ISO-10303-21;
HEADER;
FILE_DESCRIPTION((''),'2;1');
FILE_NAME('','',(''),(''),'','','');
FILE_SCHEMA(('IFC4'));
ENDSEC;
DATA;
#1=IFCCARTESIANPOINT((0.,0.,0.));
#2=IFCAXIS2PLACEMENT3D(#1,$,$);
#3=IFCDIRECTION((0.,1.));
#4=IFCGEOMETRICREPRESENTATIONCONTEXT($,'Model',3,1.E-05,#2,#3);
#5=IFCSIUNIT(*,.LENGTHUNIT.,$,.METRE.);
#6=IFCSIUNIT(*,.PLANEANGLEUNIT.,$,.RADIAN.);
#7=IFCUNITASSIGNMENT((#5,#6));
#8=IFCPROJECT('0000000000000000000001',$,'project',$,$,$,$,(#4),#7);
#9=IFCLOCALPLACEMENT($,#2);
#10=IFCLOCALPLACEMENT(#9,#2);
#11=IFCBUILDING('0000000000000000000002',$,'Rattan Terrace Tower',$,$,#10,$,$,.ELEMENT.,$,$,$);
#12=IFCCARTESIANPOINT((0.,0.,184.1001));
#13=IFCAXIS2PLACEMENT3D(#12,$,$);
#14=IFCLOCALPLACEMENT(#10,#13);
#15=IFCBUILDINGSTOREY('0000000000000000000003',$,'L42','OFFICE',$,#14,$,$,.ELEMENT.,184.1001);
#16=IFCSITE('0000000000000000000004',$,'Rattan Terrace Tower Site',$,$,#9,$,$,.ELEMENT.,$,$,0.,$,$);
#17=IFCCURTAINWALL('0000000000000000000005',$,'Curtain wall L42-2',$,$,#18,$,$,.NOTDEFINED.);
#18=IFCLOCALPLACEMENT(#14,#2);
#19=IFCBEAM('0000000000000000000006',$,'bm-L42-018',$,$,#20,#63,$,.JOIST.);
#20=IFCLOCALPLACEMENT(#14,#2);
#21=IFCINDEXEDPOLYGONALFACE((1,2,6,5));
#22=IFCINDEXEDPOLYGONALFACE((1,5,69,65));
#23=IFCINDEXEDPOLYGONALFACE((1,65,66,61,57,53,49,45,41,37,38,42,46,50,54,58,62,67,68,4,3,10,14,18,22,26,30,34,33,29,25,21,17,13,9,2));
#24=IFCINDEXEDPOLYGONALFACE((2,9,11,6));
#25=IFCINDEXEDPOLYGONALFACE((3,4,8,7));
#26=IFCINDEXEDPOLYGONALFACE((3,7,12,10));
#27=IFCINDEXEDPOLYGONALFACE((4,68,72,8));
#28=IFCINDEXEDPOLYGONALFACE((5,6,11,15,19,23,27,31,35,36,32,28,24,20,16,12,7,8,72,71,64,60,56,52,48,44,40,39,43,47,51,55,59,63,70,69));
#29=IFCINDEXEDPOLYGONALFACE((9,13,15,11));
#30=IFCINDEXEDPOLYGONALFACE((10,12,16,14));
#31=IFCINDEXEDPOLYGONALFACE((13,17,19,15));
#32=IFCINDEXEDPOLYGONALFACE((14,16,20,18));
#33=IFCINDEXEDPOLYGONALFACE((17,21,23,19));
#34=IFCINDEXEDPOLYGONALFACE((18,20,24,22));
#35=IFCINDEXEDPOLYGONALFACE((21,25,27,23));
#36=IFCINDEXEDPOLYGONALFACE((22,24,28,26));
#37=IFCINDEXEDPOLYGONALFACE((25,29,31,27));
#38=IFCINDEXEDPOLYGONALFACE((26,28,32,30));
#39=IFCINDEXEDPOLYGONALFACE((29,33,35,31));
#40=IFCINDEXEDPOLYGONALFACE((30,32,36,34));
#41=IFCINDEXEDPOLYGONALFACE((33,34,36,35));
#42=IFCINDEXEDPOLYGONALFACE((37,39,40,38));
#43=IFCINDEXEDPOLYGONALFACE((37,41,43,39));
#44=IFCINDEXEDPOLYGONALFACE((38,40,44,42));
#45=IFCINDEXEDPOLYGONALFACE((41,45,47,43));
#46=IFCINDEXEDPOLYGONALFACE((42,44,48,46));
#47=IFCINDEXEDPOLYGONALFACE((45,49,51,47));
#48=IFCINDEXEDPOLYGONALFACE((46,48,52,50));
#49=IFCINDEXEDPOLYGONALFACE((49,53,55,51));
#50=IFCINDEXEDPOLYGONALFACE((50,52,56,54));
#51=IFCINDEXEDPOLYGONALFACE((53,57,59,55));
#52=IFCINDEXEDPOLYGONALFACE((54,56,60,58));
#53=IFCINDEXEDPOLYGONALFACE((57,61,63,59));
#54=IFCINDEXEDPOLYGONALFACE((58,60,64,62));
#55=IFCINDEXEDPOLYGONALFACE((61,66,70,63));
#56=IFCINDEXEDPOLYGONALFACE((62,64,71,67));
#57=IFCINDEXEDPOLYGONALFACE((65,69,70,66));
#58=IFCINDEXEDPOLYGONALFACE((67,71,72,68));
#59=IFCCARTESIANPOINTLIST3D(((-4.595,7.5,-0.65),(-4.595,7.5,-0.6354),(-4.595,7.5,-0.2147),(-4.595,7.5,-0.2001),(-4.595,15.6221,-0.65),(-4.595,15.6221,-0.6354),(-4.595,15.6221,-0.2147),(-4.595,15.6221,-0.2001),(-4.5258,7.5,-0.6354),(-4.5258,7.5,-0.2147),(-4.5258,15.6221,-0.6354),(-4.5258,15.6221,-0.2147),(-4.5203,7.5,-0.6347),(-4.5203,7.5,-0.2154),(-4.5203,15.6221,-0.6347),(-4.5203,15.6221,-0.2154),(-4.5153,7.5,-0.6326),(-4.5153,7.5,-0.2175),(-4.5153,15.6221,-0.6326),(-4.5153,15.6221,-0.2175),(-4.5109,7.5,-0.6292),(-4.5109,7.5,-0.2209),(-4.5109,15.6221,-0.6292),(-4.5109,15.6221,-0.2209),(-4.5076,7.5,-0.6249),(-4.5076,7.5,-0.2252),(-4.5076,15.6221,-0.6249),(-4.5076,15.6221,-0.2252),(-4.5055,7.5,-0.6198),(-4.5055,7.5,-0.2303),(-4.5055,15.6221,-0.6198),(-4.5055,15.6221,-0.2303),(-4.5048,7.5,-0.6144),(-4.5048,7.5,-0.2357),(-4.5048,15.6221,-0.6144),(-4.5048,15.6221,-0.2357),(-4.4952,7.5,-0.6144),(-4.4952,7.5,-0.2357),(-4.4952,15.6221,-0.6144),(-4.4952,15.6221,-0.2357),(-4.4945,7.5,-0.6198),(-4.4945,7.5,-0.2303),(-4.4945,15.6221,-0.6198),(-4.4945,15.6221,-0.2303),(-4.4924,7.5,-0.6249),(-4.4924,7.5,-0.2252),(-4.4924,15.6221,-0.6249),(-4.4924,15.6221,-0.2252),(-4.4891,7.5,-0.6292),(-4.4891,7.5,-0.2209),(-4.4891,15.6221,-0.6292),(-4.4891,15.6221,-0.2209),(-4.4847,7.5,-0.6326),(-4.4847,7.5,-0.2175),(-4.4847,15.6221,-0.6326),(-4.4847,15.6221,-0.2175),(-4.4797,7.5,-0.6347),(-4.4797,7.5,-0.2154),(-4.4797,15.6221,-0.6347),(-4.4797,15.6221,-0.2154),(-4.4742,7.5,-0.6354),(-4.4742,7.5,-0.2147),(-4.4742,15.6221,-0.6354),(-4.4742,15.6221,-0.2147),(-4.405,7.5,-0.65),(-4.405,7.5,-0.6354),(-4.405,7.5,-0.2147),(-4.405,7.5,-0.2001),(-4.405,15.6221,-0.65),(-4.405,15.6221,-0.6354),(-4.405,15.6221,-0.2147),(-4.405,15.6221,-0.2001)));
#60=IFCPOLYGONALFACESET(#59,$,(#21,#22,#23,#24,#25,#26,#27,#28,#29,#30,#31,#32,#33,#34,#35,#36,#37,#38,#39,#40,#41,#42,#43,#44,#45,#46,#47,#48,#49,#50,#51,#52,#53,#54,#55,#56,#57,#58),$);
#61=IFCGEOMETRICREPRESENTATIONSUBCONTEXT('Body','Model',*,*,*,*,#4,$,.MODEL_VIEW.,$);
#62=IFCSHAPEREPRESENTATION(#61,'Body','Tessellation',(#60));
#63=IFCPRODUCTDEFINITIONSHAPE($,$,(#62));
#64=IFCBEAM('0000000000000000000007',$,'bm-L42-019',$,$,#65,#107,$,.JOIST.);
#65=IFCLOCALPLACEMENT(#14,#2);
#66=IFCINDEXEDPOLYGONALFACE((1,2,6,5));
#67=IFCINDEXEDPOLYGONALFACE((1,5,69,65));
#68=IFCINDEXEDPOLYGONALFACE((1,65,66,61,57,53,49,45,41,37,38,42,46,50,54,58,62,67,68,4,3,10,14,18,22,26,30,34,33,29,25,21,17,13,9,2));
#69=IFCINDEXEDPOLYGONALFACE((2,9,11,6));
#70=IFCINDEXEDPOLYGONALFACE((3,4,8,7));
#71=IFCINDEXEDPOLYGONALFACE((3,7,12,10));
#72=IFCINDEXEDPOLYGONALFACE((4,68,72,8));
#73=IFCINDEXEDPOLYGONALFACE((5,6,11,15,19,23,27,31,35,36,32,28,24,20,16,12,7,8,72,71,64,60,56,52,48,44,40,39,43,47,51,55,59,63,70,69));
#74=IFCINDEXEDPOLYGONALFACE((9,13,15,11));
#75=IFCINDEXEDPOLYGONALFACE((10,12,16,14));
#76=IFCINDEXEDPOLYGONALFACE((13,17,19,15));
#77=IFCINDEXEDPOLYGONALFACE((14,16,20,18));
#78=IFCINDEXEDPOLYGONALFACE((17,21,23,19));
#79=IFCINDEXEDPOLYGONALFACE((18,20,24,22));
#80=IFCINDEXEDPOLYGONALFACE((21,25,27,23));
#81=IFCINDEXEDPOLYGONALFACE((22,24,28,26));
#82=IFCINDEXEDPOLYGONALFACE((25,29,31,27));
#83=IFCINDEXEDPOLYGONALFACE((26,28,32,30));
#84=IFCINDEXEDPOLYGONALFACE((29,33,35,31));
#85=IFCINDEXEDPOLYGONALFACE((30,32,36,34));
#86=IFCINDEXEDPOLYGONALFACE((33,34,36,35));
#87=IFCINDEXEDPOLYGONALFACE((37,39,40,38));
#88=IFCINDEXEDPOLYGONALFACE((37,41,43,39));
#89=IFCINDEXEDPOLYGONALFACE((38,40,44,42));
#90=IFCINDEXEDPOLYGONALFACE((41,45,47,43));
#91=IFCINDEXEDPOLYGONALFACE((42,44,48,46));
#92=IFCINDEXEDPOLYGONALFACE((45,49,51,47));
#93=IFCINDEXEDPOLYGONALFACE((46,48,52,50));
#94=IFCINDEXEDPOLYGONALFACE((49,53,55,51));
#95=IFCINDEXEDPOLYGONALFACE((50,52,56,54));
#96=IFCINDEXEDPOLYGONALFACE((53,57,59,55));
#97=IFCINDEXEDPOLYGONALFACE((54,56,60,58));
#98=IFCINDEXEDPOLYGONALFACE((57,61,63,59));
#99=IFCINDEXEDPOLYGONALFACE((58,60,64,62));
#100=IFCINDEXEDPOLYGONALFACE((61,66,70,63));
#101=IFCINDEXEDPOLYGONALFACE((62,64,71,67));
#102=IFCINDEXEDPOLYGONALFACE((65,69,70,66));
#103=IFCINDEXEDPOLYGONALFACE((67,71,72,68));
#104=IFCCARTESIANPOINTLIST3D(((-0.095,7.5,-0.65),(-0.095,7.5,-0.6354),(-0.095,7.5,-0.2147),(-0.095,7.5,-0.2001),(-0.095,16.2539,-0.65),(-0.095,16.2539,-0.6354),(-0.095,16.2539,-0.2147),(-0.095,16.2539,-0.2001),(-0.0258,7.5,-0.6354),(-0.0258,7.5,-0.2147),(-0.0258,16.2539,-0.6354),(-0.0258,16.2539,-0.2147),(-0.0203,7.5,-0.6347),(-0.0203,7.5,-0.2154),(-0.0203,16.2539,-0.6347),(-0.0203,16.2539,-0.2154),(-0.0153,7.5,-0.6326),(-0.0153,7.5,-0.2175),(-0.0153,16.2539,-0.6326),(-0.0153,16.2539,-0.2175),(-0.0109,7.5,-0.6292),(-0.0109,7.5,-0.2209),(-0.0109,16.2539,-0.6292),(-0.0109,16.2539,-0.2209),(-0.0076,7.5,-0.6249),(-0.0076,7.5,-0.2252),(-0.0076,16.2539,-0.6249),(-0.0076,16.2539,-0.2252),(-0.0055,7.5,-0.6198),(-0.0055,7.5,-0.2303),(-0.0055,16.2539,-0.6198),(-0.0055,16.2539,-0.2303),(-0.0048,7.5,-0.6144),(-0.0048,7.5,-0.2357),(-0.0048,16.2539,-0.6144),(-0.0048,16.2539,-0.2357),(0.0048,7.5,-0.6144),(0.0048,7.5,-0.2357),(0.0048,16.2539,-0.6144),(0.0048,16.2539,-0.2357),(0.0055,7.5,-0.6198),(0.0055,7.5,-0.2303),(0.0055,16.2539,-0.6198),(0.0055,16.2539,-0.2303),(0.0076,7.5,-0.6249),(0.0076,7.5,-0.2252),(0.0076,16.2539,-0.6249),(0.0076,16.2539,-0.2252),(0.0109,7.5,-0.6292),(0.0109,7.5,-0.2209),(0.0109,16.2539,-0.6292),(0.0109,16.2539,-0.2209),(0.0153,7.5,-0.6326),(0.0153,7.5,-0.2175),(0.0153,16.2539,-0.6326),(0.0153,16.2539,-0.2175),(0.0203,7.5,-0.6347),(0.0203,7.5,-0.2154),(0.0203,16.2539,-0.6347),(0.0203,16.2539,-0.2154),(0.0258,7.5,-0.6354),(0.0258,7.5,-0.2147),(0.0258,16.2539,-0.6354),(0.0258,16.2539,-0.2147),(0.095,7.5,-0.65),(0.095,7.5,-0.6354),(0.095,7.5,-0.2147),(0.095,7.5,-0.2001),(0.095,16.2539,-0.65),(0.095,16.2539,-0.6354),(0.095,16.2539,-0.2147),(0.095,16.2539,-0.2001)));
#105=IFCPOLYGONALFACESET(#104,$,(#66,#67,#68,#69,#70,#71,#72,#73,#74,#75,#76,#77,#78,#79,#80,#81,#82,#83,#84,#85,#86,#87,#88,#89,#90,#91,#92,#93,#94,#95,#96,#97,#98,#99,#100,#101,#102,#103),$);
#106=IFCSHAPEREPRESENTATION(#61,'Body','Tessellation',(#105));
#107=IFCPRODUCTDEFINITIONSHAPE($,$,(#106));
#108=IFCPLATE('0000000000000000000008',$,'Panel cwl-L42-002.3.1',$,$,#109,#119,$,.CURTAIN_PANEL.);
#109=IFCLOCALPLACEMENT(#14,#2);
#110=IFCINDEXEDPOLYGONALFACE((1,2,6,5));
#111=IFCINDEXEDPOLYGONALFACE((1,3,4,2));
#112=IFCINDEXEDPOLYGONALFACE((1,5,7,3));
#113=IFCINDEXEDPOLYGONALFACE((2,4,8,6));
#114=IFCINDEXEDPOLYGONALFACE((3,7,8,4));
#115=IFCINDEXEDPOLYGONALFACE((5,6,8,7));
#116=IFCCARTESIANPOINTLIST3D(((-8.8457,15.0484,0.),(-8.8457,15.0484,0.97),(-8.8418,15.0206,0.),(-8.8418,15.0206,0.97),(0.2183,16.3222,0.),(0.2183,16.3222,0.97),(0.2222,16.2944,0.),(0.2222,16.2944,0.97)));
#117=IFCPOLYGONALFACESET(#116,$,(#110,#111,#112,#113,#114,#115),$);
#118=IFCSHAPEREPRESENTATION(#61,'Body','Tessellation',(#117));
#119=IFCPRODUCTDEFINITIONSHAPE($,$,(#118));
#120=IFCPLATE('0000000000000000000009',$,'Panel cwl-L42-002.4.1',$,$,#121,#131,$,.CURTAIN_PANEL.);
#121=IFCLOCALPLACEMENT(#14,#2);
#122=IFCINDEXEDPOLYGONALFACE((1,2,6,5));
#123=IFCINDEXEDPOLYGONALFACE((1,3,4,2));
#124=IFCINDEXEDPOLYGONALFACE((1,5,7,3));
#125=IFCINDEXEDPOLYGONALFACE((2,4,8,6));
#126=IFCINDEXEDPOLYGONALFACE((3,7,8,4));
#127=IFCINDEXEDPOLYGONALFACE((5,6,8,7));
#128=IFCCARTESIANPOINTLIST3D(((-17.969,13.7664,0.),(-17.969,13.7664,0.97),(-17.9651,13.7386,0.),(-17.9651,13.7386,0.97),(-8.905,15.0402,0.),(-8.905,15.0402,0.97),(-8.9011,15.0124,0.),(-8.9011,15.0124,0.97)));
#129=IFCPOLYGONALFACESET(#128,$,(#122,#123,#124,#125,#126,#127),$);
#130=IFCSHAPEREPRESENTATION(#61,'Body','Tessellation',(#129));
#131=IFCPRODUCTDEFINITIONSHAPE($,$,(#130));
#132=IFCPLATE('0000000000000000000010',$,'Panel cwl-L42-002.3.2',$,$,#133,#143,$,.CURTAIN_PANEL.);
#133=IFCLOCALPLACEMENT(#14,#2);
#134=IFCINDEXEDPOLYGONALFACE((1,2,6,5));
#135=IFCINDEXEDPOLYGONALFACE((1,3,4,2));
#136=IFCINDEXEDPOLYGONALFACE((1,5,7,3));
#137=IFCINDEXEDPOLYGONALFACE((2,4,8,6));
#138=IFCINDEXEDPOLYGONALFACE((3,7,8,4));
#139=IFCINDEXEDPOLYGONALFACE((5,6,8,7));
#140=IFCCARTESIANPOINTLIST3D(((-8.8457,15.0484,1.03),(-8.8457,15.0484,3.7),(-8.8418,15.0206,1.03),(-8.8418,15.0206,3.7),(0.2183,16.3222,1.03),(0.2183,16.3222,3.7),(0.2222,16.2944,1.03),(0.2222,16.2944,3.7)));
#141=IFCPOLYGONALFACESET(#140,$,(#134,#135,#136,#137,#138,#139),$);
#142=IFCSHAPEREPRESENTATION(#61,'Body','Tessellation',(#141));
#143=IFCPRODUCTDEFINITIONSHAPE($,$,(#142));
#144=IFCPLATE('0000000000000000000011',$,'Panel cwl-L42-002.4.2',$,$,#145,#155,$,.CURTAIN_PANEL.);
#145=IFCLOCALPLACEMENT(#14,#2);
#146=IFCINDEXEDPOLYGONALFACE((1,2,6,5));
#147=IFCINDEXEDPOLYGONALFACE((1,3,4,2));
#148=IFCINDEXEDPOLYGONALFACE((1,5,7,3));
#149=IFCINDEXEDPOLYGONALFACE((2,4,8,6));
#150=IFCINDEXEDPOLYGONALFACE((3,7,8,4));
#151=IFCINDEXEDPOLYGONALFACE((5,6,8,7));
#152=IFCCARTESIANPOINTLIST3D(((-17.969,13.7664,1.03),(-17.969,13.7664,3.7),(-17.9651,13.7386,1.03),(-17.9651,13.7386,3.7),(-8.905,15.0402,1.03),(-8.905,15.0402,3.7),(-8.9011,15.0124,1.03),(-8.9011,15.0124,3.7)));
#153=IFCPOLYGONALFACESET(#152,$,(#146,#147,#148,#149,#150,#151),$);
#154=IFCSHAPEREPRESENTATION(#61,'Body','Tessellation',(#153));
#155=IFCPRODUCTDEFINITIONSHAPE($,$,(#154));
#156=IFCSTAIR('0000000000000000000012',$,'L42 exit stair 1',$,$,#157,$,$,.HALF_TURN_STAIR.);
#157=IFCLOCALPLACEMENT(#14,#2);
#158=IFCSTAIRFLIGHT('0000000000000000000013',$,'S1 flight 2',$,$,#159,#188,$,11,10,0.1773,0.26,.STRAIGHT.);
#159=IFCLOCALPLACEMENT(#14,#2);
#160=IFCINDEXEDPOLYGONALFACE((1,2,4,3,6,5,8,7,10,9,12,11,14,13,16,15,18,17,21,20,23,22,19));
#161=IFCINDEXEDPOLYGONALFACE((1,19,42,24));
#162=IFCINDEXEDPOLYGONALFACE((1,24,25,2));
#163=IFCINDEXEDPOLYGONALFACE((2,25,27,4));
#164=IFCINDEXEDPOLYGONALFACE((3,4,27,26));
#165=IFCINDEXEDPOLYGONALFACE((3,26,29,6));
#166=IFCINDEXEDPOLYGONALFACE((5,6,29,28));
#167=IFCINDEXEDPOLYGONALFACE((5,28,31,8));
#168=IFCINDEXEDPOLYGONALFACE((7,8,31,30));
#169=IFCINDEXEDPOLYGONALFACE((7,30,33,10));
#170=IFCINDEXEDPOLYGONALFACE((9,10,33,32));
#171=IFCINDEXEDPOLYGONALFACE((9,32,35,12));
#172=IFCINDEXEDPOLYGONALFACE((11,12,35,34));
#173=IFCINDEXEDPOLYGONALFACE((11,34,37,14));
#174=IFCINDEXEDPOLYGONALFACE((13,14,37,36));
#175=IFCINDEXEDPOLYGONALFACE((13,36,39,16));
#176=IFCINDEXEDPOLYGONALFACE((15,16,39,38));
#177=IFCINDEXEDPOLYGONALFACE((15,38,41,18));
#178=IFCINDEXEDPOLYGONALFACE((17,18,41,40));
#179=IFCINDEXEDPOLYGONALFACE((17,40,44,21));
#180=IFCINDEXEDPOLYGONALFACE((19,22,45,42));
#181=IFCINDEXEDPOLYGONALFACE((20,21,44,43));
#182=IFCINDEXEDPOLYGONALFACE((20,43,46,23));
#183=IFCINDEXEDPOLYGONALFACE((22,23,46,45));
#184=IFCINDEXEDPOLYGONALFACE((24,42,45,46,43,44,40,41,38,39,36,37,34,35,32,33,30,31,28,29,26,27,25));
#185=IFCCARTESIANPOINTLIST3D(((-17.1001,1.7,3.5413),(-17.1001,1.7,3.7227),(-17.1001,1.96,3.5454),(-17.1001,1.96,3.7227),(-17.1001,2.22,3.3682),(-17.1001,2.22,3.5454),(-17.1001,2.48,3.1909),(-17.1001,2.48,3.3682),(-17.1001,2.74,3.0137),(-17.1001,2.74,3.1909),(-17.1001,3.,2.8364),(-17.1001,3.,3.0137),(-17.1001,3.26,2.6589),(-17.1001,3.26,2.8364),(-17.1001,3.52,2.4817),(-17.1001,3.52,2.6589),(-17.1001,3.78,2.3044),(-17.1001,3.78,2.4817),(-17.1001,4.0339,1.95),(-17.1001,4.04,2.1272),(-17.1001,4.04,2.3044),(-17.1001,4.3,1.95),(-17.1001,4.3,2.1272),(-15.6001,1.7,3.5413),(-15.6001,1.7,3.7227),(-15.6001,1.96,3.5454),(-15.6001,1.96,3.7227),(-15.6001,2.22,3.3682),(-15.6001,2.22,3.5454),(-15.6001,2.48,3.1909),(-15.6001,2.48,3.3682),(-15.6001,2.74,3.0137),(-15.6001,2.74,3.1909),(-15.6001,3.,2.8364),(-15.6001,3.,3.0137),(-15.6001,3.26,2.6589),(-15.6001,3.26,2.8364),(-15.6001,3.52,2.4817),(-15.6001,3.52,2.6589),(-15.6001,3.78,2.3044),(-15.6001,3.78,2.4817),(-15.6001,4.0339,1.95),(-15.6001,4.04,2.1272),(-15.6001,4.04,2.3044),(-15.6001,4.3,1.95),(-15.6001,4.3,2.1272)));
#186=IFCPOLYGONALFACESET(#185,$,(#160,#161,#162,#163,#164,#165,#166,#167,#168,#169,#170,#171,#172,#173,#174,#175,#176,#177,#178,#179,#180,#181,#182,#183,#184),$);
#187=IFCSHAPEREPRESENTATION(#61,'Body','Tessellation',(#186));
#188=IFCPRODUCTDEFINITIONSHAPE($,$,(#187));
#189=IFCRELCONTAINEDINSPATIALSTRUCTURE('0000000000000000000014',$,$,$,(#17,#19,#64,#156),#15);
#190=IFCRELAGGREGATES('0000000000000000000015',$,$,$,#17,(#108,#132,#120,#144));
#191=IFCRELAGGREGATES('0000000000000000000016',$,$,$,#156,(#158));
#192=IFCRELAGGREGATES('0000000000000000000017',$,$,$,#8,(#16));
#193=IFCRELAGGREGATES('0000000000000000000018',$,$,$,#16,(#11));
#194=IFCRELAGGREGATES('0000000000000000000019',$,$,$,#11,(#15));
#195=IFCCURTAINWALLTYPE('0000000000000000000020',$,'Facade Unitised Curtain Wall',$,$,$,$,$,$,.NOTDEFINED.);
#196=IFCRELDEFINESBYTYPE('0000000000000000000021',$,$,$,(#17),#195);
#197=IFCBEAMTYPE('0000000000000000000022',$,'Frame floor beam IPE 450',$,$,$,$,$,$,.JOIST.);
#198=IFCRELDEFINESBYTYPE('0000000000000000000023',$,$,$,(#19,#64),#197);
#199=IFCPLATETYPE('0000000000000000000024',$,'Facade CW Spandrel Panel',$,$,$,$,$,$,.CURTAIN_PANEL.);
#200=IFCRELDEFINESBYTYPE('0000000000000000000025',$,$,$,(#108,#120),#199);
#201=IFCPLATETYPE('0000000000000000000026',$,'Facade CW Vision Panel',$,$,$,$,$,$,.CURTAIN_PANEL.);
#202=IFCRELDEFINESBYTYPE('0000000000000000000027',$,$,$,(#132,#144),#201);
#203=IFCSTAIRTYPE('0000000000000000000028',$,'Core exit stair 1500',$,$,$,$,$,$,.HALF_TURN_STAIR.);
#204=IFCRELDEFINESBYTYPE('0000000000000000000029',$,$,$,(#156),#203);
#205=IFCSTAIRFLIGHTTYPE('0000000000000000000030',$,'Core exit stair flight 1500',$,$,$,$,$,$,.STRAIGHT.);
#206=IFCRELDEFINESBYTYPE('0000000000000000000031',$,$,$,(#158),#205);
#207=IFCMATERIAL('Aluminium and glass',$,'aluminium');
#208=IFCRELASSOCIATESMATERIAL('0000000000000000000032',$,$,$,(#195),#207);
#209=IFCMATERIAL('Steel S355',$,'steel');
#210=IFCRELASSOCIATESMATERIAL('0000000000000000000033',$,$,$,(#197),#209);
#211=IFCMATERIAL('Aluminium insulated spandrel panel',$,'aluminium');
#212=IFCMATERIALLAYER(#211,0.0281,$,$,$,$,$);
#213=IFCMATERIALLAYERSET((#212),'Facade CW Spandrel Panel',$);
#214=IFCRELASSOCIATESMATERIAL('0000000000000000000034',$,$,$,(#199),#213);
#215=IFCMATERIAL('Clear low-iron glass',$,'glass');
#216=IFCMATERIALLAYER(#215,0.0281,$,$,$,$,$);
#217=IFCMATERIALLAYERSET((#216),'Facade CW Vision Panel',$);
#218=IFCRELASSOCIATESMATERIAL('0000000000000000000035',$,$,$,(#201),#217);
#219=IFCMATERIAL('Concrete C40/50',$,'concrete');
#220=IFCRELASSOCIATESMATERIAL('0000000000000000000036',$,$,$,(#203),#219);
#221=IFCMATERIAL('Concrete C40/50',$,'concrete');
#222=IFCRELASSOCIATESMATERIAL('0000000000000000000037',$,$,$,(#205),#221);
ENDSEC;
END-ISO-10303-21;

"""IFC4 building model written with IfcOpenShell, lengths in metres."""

from ifc_helpers import new_model, si_unit, direction, frame, origin, origin_2d, place, context, subcontext, project, spatial, polyline, rectangle, i_section, outline, extrude, material, layer, layer_set, material_profile, profile_set, type_object, element, aggregate, save


model = new_model("IFC4")

# Units and contexts
model_context = context("Model", 3, precision=1e-05, world=origin(), true_north=direction((0.0, 1.0)))
body_context = subcontext(model_context, "Body", "Model", "MODEL_VIEW")
ifc_project = project(units=[si_unit("LENGTHUNIT", "METRE"), si_unit("PLANEANGLEUNIT", "RADIAN")], contexts=[model_context])

# Site, building, storey
site_placement = place(None, origin())
site = spatial("IfcSite", under=ifc_project, at=site_placement, Name="Rattan Terrace Tower Site", CompositionType="ELEMENT", RefElevation=0.0)
building_placement = place(site_placement, origin())
building = spatial("IfcBuilding", under=site, at=building_placement, Name="Rattan Terrace Tower", CompositionType="ELEMENT")
storey_placement = place(building_placement, frame((0.0, 0.0, 184.1001)))
storey = spatial("IfcBuildingStorey", under=building, at=storey_placement, Name="L42", Description="OFFICE", CompositionType="ELEMENT", Elevation=184.1001)

# Curtain wall
ifc_material_1 = material(Name="Aluminium and glass", Category="aluminium")
curtain_wall_type = type_object("IfcCurtainWallType", Name="Facade Unitised Curtain Wall", PredefinedType="NOTDEFINED", material=ifc_material_1)
curtain_wall_placement = place(storey_placement, origin())
curtain_wall = element("IfcCurtainWall", 1, at=curtain_wall_placement, inside=storey, type_object=curtain_wall_type, Name="Curtain wall L42-2", PredefinedType="NOTDEFINED")

# Beams
ifc_material_2 = material(Name="Steel S355", Category="steel")
ifc_material_profile_1 = material_profile(ifc_material_2, i_section(OverallWidth=0.1899, OverallDepth=0.45, WebThickness=0.0095, FlangeThickness=0.0146, FilletRadius=0.021, at=origin_2d()), Name="IPE 450")
ifc_profile_set_1 = profile_set([ifc_material_profile_1], Name="Steel S355")
beam_type_1 = type_object("IfcBeamType", Name="Frame floor beam IPE 450", PredefinedType="JOIST", material=ifc_profile_set_1)
beam_1_placement = place(storey_placement, frame((-4.5, 7.5, -0.425), z_axis=(0.0, 1.0, 0.0), x_axis=(-1.0, 0.0, 0.0)))
element("IfcBeam", 2, at=beam_1_placement, inside=storey, type_object=beam_type_1, Name="bm-L42-018", PredefinedType="JOIST", context=body_context, shape_type="SweptSolid", body=[
    extrude(i_section(OverallWidth=0.1899, OverallDepth=0.45, WebThickness=0.0095, FlangeThickness=0.0146, FilletRadius=0.021, at=origin_2d()), origin(), (0.0, 0.0, 1.0), 8.1221),
])
beam_2_placement = place(storey_placement, frame((0.0, 7.5, -0.425), z_axis=(0.0, 1.0, 0.0), x_axis=(-1.0, 0.0, 0.0)))
element("IfcBeam", 3, at=beam_2_placement, inside=storey, type_object=beam_type_1, Name="bm-L42-019", PredefinedType="JOIST", context=body_context, shape_type="SweptSolid", body=[
    extrude(i_section(OverallWidth=0.1899, OverallDepth=0.45, WebThickness=0.0095, FlangeThickness=0.0146, FilletRadius=0.021, at=origin_2d()), origin(), (0.0, 0.0, 1.0), 8.7539),
])

# Plates
ifc_material_3 = material(Name="Aluminium insulated spandrel panel", Category="aluminium")
ifc_layer_1 = layer(ifc_material_3, 0.0281)
ifc_layer_set_1 = layer_set([ifc_layer_1], Name="Facade CW Spandrel Panel")
plate_type_1 = type_object("IfcPlateType", Name="Facade CW Spandrel Panel", PredefinedType="CURTAIN_PANEL", material=ifc_layer_set_1)
plate_1_placement = place(storey_placement, frame((-4.3118, 15.6714, 0.0), z_axis=(0.0, 0.0, 1.0), x_axis=(-0.99027, -0.139161, 0.0)))
plate_1 = element("IfcPlate", 4, at=plate_1_placement, type_object=plate_type_1, Name="Panel cwl-L42-002.3.1", PredefinedType="CURTAIN_PANEL", context=body_context, shape_type="SweptSolid", body=[
    extrude(rectangle(XDim=9.1531, YDim=0.0281, at=origin_2d()), origin(), (0.0, 0.0, 1.0), 0.97),
])
plate_2_placement = place(storey_placement, frame((-13.4351, 14.3894, 0.0), z_axis=(0.0, 0.0, 1.0), x_axis=(-0.99027, -0.139161, 0.0)))
plate_2 = element("IfcPlate", 5, at=plate_2_placement, type_object=plate_type_1, Name="Panel cwl-L42-002.4.1", PredefinedType="CURTAIN_PANEL", context=body_context, shape_type="SweptSolid", body=[
    extrude(rectangle(XDim=9.1531, YDim=0.0281, at=origin_2d()), origin(), (0.0, 0.0, 1.0), 0.97),
])
ifc_material_4 = material(Name="Clear low-iron glass", Category="glass")
ifc_layer_2 = layer(ifc_material_4, 0.0281)
ifc_layer_set_2 = layer_set([ifc_layer_2], Name="Facade CW Vision Panel")
plate_type_2 = type_object("IfcPlateType", Name="Facade CW Vision Panel", PredefinedType="CURTAIN_PANEL", material=ifc_layer_set_2)
plate_3_placement = place(storey_placement, frame((-4.3118, 15.6714, 1.03), z_axis=(0.0, 0.0, 1.0), x_axis=(-0.99027, -0.139161, 0.0)))
plate_3 = element("IfcPlate", 6, at=plate_3_placement, type_object=plate_type_2, Name="Panel cwl-L42-002.3.2", PredefinedType="CURTAIN_PANEL", context=body_context, shape_type="SweptSolid", body=[
    extrude(rectangle(XDim=9.1531, YDim=0.0281, at=origin_2d()), origin(), (0.0, 0.0, 1.0), 2.6699),
])
plate_4_placement = place(storey_placement, frame((-13.4351, 14.3894, 1.03), z_axis=(0.0, 0.0, 1.0), x_axis=(-0.99027, -0.139161, 0.0)))
plate_4 = element("IfcPlate", 7, at=plate_4_placement, type_object=plate_type_2, Name="Panel cwl-L42-002.4.2", PredefinedType="CURTAIN_PANEL", context=body_context, shape_type="SweptSolid", body=[
    extrude(rectangle(XDim=9.1531, YDim=0.0281, at=origin_2d()), origin(), (0.0, 0.0, 1.0), 2.6699),
])
aggregate(curtain_wall, [plate_1, plate_3, plate_2, plate_4])

# Stair, stair flight
ifc_material_5 = material(Name="Concrete C40/50", Category="concrete")
stair_type = type_object("IfcStairType", Name="Core exit stair 1500", PredefinedType="HALF_TURN_STAIR", material=ifc_material_5)
stair_placement = place(storey_placement, origin())
stair = element("IfcStair", 8, at=stair_placement, inside=storey, type_object=stair_type, Name="L42 exit stair 1", PredefinedType="HALF_TURN_STAIR")
ifc_material_6 = material(Name="Concrete C40/50", Category="concrete")
stair_flight_type = type_object("IfcStairFlightType", Name="Core exit stair flight 1500", PredefinedType="STRAIGHT", material=ifc_material_6)
stair_flight_placement = place(storey_placement, frame((-16.3501, 4.3, 1.95), z_axis=(0.0, 0.0, 1.0), x_axis=(0.0, -1.0, 0.0)))
stair_flight = element("IfcStairFlight", 9, at=stair_flight_placement, type_object=stair_flight_type, Name="S1 flight 2", NumberOfRisers=11, NumberOfTreads=10, PredefinedType="STRAIGHT", RiserHeight=0.1773, TreadLength=0.26, context=body_context, shape_type="SweptSolid", body=[
    extrude(outline(polyline([(0.0, 0.0), (0.0, 0.1772), (0.26, 0.1772), (0.26, 0.3545), (0.52, 0.3545), (0.52, 0.5317), (0.78, 0.5317), (0.78, 0.709), (1.04, 0.709), (1.04, 0.8865), (1.3, 0.8865), (1.3, 1.0637), (1.5601, 1.0637), (1.5601, 1.241), (1.8201, 1.241), (1.8201, 1.4182), (2.0801, 1.4182), (2.0801, 1.5955), (2.3401, 1.5955), (2.3401, 1.7727), (2.6001, 1.7727), (2.6001, 1.95), (2.6001, 1.5913), (0.2661, 0.0), (0.0, 0.0)])), frame((0.0, 0.75, 0.0), z_axis=(0.0, -1.0, 0.0), x_axis=(1.0, 0.0, 0.0)), (0.0, 0.0, 1.0), 1.5),
])
aggregate(stair, [stair_flight])

save(model, "model.ifc")
